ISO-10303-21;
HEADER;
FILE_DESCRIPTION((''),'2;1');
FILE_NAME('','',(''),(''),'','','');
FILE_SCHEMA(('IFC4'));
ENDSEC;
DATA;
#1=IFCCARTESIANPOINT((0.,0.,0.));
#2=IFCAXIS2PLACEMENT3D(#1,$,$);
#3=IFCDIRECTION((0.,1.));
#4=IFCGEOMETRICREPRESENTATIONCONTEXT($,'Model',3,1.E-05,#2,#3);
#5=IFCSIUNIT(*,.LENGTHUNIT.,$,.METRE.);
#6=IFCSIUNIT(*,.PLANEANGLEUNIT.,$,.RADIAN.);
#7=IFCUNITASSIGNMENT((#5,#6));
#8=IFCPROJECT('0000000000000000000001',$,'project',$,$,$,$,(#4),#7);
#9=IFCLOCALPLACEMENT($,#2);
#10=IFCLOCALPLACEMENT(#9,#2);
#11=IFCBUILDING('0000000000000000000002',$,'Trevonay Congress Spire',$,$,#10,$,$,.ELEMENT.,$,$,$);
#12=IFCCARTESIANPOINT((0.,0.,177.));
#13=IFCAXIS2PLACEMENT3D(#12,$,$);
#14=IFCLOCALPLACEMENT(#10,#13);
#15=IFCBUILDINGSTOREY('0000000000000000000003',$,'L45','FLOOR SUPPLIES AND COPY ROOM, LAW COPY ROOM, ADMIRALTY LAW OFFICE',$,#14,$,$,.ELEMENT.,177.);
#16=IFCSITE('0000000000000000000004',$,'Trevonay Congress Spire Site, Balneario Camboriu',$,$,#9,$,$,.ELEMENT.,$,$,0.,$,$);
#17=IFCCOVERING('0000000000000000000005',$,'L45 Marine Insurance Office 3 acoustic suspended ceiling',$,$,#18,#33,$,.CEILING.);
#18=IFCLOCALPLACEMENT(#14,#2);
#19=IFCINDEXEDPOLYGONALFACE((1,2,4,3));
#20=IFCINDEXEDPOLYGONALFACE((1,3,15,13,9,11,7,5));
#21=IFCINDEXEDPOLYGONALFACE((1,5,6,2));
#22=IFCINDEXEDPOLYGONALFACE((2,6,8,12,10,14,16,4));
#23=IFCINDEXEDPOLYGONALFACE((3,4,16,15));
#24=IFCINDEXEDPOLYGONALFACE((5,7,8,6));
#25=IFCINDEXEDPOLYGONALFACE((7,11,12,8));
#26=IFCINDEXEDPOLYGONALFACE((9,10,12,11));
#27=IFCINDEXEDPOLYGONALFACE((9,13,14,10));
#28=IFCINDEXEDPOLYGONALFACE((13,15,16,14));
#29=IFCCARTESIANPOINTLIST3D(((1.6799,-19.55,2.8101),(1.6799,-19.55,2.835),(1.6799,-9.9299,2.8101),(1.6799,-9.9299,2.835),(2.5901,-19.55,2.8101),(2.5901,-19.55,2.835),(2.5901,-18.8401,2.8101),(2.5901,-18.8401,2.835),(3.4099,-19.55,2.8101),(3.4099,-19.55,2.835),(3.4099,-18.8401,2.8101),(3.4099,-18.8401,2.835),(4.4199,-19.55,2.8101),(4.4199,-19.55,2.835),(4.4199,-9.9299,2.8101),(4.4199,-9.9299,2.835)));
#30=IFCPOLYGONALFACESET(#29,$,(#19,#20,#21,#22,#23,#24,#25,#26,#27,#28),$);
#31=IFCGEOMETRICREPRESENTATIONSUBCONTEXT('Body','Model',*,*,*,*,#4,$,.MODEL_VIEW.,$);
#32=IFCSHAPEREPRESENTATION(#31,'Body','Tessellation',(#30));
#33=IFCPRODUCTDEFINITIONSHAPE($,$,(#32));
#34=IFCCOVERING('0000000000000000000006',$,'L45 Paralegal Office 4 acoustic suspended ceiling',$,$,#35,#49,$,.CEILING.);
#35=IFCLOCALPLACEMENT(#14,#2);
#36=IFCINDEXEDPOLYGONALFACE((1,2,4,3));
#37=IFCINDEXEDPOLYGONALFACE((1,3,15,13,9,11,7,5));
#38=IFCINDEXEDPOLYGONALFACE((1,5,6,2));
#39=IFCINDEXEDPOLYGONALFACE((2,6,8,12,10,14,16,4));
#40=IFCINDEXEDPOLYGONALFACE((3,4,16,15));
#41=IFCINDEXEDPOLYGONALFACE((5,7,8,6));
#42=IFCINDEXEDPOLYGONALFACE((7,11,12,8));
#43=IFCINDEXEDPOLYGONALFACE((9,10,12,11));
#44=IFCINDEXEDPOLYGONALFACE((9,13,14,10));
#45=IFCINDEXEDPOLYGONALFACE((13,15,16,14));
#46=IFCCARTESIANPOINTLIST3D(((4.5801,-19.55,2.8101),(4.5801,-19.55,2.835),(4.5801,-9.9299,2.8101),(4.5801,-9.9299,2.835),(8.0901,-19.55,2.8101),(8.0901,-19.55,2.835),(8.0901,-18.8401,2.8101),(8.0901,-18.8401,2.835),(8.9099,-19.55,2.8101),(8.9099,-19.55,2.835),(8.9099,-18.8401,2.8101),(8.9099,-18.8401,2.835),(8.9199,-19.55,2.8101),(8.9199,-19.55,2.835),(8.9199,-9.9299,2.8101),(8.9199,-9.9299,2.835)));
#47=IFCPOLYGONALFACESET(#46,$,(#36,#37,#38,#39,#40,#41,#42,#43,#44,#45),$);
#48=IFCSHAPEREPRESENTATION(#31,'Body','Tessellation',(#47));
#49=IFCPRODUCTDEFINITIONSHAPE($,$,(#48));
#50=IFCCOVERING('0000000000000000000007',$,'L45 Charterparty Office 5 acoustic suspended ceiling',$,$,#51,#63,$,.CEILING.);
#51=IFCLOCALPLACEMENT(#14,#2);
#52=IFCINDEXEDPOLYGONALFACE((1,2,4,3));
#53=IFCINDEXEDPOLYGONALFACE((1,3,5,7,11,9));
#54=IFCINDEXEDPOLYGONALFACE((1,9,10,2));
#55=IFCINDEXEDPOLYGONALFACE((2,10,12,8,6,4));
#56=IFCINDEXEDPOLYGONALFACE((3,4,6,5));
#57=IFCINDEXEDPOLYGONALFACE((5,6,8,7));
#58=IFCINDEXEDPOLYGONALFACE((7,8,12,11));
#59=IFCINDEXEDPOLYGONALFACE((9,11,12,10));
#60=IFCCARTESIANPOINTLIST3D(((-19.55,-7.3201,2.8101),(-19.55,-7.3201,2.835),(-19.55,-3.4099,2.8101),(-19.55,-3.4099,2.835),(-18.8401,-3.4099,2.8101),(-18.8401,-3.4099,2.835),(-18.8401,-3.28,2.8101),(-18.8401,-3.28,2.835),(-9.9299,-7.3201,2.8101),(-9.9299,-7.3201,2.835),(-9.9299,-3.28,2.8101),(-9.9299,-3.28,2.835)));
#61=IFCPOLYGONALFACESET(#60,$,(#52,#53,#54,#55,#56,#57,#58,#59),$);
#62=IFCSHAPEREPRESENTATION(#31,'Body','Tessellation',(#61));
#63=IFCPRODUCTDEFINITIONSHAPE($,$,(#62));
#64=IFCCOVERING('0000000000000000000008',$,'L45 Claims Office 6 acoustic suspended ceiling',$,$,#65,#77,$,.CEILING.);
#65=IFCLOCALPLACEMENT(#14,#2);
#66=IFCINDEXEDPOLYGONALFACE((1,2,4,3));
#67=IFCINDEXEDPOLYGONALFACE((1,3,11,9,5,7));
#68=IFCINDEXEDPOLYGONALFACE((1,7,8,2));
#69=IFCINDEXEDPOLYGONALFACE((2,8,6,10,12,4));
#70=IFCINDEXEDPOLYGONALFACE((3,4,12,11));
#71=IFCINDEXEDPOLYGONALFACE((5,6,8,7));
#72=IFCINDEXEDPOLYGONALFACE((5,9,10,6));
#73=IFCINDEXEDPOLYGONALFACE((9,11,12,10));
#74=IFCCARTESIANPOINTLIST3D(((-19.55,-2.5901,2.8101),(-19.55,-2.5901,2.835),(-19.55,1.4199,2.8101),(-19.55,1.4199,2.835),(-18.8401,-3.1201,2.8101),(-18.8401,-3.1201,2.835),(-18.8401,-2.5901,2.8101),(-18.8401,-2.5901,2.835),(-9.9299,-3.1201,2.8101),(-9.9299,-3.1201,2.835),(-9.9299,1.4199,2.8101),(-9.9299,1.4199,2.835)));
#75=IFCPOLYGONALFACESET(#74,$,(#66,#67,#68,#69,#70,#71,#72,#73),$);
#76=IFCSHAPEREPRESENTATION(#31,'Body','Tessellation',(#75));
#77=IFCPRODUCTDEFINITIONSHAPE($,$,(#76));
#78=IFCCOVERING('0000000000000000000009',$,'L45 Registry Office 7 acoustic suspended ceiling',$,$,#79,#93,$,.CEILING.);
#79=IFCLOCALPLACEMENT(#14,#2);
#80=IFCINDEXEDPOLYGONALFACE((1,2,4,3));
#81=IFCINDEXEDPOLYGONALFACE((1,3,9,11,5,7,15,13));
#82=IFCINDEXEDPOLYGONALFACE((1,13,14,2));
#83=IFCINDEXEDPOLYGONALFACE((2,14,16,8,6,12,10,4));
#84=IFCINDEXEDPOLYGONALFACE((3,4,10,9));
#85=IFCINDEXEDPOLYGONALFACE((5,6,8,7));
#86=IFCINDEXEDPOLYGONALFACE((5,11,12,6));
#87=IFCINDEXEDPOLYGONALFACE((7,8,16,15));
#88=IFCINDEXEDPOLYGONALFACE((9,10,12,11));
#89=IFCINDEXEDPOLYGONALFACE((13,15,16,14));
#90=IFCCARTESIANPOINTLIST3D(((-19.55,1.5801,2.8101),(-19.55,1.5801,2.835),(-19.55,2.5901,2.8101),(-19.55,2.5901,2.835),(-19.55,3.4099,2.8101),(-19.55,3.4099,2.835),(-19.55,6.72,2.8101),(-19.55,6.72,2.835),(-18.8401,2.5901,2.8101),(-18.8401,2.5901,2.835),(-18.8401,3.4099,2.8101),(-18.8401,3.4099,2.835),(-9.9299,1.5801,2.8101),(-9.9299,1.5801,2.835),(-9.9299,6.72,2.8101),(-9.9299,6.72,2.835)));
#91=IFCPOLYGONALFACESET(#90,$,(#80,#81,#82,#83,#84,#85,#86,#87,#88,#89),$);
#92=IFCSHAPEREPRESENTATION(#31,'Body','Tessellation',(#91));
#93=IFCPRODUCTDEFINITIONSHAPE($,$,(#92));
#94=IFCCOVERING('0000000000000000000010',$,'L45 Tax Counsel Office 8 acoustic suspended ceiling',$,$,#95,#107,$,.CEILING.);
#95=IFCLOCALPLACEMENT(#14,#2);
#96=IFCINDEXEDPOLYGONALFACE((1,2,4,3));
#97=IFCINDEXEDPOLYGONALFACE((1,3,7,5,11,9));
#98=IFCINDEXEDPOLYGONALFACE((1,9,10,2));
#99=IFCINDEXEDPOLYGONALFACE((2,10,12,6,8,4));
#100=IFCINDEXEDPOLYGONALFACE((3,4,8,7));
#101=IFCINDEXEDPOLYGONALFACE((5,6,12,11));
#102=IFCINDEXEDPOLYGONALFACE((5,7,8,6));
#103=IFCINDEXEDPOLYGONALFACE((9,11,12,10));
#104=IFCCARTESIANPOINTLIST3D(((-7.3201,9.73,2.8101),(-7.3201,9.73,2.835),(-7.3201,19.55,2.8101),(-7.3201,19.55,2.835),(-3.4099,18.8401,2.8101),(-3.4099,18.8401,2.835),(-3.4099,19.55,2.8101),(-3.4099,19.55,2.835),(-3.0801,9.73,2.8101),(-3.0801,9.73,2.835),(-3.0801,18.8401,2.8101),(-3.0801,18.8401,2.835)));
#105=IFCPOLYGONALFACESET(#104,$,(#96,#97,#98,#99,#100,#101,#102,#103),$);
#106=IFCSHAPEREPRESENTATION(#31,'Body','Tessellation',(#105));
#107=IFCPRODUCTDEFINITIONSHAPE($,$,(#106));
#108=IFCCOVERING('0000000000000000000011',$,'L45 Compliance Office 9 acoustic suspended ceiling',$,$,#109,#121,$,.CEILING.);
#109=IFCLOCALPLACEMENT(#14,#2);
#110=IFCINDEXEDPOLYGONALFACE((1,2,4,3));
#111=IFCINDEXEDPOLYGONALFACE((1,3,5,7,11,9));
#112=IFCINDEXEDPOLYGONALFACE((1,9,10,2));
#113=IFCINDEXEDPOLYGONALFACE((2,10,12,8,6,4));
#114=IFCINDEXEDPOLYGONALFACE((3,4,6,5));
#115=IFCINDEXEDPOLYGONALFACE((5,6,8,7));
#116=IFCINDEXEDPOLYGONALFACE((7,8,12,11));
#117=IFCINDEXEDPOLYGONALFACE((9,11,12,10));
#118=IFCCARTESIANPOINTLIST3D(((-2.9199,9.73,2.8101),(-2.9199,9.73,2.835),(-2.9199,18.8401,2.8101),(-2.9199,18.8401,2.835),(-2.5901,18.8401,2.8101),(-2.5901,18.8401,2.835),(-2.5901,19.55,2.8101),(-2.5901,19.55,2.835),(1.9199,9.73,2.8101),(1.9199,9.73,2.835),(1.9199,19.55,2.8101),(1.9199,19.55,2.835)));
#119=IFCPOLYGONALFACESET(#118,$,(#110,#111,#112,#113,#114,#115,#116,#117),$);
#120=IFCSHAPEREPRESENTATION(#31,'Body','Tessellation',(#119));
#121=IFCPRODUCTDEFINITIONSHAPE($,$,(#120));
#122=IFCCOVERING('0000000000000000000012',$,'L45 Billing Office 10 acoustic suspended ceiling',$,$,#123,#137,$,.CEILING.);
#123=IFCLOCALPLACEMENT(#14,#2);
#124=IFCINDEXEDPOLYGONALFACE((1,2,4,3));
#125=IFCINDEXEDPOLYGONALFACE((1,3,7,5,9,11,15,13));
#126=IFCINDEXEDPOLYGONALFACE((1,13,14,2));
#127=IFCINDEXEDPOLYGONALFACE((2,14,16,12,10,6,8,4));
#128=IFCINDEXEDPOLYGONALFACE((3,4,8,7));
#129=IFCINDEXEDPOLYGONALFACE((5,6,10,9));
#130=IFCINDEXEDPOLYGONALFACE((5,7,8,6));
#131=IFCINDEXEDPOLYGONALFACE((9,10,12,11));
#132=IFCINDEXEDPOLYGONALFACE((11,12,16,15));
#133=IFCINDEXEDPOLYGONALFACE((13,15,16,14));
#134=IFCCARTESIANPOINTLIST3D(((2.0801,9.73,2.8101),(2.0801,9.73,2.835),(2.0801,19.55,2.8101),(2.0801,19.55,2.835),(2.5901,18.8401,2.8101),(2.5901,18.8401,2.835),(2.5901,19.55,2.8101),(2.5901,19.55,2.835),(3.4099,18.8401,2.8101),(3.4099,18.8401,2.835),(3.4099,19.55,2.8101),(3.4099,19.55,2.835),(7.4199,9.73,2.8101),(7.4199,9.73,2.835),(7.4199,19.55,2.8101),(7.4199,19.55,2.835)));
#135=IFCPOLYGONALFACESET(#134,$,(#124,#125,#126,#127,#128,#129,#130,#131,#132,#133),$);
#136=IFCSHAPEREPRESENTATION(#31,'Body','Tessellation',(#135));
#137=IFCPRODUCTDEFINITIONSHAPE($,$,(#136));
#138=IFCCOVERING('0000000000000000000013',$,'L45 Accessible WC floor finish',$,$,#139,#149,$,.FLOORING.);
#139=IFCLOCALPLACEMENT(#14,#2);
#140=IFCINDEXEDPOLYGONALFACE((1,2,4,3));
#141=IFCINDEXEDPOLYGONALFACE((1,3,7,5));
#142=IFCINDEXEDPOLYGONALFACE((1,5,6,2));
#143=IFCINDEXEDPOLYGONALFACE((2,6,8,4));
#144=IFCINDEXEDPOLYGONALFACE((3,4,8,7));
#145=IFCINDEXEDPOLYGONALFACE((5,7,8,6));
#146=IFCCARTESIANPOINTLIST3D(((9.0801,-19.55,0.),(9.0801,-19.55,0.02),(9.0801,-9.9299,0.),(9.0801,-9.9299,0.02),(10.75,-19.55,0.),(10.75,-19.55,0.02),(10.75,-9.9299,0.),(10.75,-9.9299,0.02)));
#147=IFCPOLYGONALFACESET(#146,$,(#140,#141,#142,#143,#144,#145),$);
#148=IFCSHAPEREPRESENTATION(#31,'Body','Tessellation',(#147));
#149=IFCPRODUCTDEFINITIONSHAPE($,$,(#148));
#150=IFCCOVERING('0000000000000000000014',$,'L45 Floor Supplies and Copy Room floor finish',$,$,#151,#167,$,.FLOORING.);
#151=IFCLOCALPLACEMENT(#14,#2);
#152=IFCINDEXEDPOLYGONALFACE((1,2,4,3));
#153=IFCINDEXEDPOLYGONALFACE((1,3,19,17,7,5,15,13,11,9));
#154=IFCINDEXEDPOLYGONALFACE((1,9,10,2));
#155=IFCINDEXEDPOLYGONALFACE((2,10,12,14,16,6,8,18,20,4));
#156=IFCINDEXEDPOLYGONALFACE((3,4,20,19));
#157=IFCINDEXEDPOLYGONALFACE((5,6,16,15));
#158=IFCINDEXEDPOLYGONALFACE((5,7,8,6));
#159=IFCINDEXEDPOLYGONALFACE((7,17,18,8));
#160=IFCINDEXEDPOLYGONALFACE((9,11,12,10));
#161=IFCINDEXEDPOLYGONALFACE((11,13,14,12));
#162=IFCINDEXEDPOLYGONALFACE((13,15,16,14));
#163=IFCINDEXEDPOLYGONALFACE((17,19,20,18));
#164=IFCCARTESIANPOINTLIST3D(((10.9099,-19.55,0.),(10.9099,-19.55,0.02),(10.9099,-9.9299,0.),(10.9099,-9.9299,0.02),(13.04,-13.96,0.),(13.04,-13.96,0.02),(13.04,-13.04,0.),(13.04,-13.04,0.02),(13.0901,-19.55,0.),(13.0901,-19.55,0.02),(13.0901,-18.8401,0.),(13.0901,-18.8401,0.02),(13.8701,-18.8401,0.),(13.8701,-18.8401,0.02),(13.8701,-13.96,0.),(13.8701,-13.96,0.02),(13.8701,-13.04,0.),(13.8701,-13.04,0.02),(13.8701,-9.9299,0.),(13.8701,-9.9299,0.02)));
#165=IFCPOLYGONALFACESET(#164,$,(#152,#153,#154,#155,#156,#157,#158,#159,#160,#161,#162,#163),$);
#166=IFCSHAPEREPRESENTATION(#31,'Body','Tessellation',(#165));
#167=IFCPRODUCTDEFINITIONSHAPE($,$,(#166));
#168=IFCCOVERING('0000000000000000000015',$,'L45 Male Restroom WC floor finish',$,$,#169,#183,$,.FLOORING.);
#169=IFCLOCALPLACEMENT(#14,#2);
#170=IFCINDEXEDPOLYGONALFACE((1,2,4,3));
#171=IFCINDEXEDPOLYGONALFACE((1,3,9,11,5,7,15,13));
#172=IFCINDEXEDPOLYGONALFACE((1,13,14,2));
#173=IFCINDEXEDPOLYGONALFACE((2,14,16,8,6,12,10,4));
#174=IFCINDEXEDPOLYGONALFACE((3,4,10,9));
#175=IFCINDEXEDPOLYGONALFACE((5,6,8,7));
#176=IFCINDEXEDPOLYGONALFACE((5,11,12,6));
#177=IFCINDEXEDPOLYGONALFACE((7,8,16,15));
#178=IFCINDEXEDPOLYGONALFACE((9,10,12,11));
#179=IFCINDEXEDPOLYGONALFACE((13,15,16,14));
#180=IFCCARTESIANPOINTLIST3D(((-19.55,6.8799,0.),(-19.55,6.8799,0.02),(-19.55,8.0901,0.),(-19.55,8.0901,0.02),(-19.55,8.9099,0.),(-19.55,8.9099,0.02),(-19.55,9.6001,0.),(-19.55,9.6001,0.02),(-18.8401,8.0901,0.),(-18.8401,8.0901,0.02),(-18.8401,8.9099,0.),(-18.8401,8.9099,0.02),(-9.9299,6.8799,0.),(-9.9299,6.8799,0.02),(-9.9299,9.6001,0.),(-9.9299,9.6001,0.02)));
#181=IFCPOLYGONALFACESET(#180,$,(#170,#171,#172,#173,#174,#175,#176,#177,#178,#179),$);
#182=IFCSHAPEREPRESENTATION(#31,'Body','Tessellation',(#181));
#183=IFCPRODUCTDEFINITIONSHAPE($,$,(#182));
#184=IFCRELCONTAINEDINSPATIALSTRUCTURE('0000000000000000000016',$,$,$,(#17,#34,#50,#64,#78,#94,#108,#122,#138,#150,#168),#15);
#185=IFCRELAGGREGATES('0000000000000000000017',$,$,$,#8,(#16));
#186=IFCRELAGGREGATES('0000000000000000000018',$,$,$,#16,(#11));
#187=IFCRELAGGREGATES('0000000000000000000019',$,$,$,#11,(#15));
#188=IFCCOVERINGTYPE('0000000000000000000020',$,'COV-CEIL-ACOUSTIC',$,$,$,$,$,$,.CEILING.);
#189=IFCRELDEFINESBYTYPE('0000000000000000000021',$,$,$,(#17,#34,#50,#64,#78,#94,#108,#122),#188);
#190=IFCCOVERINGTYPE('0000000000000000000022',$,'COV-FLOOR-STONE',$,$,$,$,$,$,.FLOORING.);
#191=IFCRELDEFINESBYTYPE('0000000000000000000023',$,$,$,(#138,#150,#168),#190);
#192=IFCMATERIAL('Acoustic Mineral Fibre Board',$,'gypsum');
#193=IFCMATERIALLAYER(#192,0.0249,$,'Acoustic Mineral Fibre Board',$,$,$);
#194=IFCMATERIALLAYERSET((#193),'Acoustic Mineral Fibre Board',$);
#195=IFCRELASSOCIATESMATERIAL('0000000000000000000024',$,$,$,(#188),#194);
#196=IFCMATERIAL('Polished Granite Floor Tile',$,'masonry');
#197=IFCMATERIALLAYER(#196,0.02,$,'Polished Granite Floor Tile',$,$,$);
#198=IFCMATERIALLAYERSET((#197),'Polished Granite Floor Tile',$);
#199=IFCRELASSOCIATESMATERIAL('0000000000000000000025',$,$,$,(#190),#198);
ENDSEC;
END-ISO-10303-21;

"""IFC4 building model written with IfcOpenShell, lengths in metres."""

from ifc_helpers import new_model, si_unit, direction, frame, origin, place, context, subcontext, project, spatial, polyline, outline, extrude, material, layer, layer_set, type_object, element, save


model = new_model("IFC4")

# Units and contexts
model_context = context("Model", 3, precision=1e-05, world=origin(), true_north=direction((0.0, 1.0)))
body_context = subcontext(model_context, "Body", "Model", "MODEL_VIEW")
ifc_project = project(units=[si_unit("LENGTHUNIT", "METRE"), si_unit("PLANEANGLEUNIT", "RADIAN")], contexts=[model_context])

# Site, building, storey
site_placement = place(None, origin())
site = spatial("IfcSite", under=ifc_project, at=site_placement, Name="Trevonay Congress Spire Site, Balneario Camboriu", CompositionType="ELEMENT", RefElevation=0.0)
building_placement = place(site_placement, origin())
building = spatial("IfcBuilding", under=site, at=building_placement, Name="Trevonay Congress Spire", CompositionType="ELEMENT")
storey_placement = place(building_placement, frame((0.0, 0.0, 177.0)))
storey = spatial("IfcBuildingStorey", under=building, at=storey_placement, Name="L45", Description="FLOOR SUPPLIES AND COPY ROOM, LAW COPY ROOM, ADMIRALTY LAW OFFICE", CompositionType="ELEMENT", Elevation=177.0)

# Coverings
ifc_material_1 = material(Name="Acoustic Mineral Fibre Board", Category="gypsum")
ifc_layer_1 = layer(ifc_material_1, 0.0249, Name="Acoustic Mineral Fibre Board")
ifc_layer_set_1 = layer_set([ifc_layer_1], Name="Acoustic Mineral Fibre Board")
covering_type_1 = type_object("IfcCoveringType", Name="COV-CEIL-ACOUSTIC", PredefinedType="CEILING", material=ifc_layer_set_1)
covering_1_placement = place(storey_placement, frame((0.0, 0.0, 2.8101)))
element("IfcCovering", 1, at=covering_1_placement, inside=storey, type_object=covering_type_1, Name="L45 Marine Insurance Office 3 acoustic suspended ceiling", PredefinedType="CEILING", context=body_context, shape_type="SweptSolid", body=[
    extrude(outline(polyline([(1.6799, -19.55), (1.6799, -9.9299), (4.4199, -9.9299), (4.4199, -19.55), (3.4099, -19.55), (3.4099, -18.8401), (2.5901, -18.8401), (2.5901, -19.55), (1.6799, -19.55)])), origin(), (0.0, 0.0, 1.0), 0.0249),
])
covering_2_placement = place(storey_placement, frame((0.0, 0.0, 2.8101)))
element("IfcCovering", 2, at=covering_2_placement, inside=storey, type_object=covering_type_1, Name="L45 Paralegal Office 4 acoustic suspended ceiling", PredefinedType="CEILING", context=body_context, shape_type="SweptSolid", body=[
    extrude(outline(polyline([(4.5801, -19.55), (4.5801, -9.9299), (8.9199, -9.9299), (8.9199, -19.55), (8.9099, -19.55), (8.9099, -18.8401), (8.0901, -18.8401), (8.0901, -19.55), (4.5801, -19.55)])), origin(), (0.0, 0.0, 1.0), 0.0249),
])
covering_3_placement = place(storey_placement, frame((0.0, 0.0, 2.8101)))
element("IfcCovering", 3, at=covering_3_placement, inside=storey, type_object=covering_type_1, Name="L45 Charterparty Office 5 acoustic suspended ceiling", PredefinedType="CEILING", context=body_context, shape_type="SweptSolid", body=[
    extrude(outline(polyline([(-9.9299, -3.28), (-9.9299, -7.3201), (-19.55, -7.3201), (-19.55, -3.4099), (-18.8401, -3.4099), (-18.8401, -3.28), (-9.9299, -3.28)])), origin(), (0.0, 0.0, 1.0), 0.0249),
])
covering_4_placement = place(storey_placement, frame((0.0, 0.0, 2.8101)))
element("IfcCovering", 4, at=covering_4_placement, inside=storey, type_object=covering_type_1, Name="L45 Claims Office 6 acoustic suspended ceiling", PredefinedType="CEILING", context=body_context, shape_type="SweptSolid", body=[
    extrude(outline(polyline([(-19.55, 1.4199), (-9.9299, 1.4199), (-9.9299, -3.1201), (-18.8401, -3.1201), (-18.8401, -2.5901), (-19.55, -2.5901), (-19.55, 1.4199)])), origin(), (0.0, 0.0, 1.0), 0.0249),
])
covering_5_placement = place(storey_placement, frame((0.0, 0.0, 2.8101)))
element("IfcCovering", 5, at=covering_5_placement, inside=storey, type_object=covering_type_1, Name="L45 Registry Office 7 acoustic suspended ceiling", PredefinedType="CEILING", context=body_context, shape_type="SweptSolid", body=[
    extrude(outline(polyline([(-19.55, 6.72), (-9.9299, 6.72), (-9.9299, 1.5801), (-19.55, 1.5801), (-19.55, 2.5901), (-18.8401, 2.5901), (-18.8401, 3.4099), (-19.55, 3.4099), (-19.55, 6.72)])), origin(), (0.0, 0.0, 1.0), 0.0249),
])
covering_6_placement = place(storey_placement, frame((0.0, 0.0, 2.8101)))
element("IfcCovering", 6, at=covering_6_placement, inside=storey, type_object=covering_type_1, Name="L45 Tax Counsel Office 8 acoustic suspended ceiling", PredefinedType="CEILING", context=body_context, shape_type="SweptSolid", body=[
    extrude(outline(polyline([(-3.0801, 9.73), (-7.3201, 9.73), (-7.3201, 19.55), (-3.4099, 19.55), (-3.4099, 18.8401), (-3.0801, 18.8401), (-3.0801, 9.73)])), origin(), (0.0, 0.0, 1.0), 0.0249),
])
covering_7_placement = place(storey_placement, frame((0.0, 0.0, 2.8101)))
element("IfcCovering", 7, at=covering_7_placement, inside=storey, type_object=covering_type_1, Name="L45 Compliance Office 9 acoustic suspended ceiling", PredefinedType="CEILING", context=body_context, shape_type="SweptSolid", body=[
    extrude(outline(polyline([(1.9199, 19.55), (1.9199, 9.73), (-2.9199, 9.73), (-2.9199, 18.8401), (-2.5901, 18.8401), (-2.5901, 19.55), (1.9199, 19.55)])), origin(), (0.0, 0.0, 1.0), 0.0249),
])
covering_8_placement = place(storey_placement, frame((0.0, 0.0, 2.8101)))
element("IfcCovering", 8, at=covering_8_placement, inside=storey, type_object=covering_type_1, Name="L45 Billing Office 10 acoustic suspended ceiling", PredefinedType="CEILING", context=body_context, shape_type="SweptSolid", body=[
    extrude(outline(polyline([(7.4199, 19.55), (7.4199, 9.73), (2.0801, 9.73), (2.0801, 19.55), (2.5901, 19.55), (2.5901, 18.8401), (3.4099, 18.8401), (3.4099, 19.55), (7.4199, 19.55)])), origin(), (0.0, 0.0, 1.0), 0.0249),
])
ifc_material_2 = material(Name="Polished Granite Floor Tile", Category="masonry")
ifc_layer_2 = layer(ifc_material_2, 0.02, Name="Polished Granite Floor Tile")
ifc_layer_set_2 = layer_set([ifc_layer_2], Name="Polished Granite Floor Tile")
covering_type_2 = type_object("IfcCoveringType", Name="COV-FLOOR-STONE", PredefinedType="FLOORING", material=ifc_layer_set_2)
covering_9_placement = place(storey_placement, origin())
element("IfcCovering", 9, at=covering_9_placement, inside=storey, type_object=covering_type_2, Name="L45 Accessible WC floor finish", PredefinedType="FLOORING", context=body_context, shape_type="SweptSolid", body=[
    extrude(outline(polyline([(9.0801, -19.55), (10.75, -19.55), (10.75, -9.9299), (9.0801, -9.9299), (9.0801, -19.55)])), origin(), (0.0, 0.0, 1.0), 0.02),
])
covering_10_placement = place(storey_placement, origin())
element("IfcCovering", 10, at=covering_10_placement, inside=storey, type_object=covering_type_2, Name="L45 Floor Supplies and Copy Room floor finish", PredefinedType="FLOORING", context=body_context, shape_type="SweptSolid", body=[
    extrude(outline(polyline([(10.9099, -19.55), (10.9099, -9.9299), (13.8701, -9.9299), (13.8701, -13.04), (13.04, -13.04), (13.04, -13.96), (13.8701, -13.96), (13.8701, -18.8401), (13.0901, -18.8401), (13.0901, -19.55), (10.9099, -19.55)])), origin(), (0.0, 0.0, 1.0), 0.02),
])
covering_11_placement = place(storey_placement, origin())
element("IfcCovering", 11, at=covering_11_placement, inside=storey, type_object=covering_type_2, Name="L45 Male Restroom WC floor finish", PredefinedType="FLOORING", context=body_context, shape_type="SweptSolid", body=[
    extrude(outline(polyline([(-19.55, 9.6001), (-9.9299, 9.6001), (-9.9299, 6.8799), (-19.55, 6.8799), (-19.55, 8.0901), (-18.8401, 8.0901), (-18.8401, 8.9099), (-19.55, 8.9099), (-19.55, 9.6001)])), origin(), (0.0, 0.0, 1.0), 0.02),
])

save(model, "model.ifc")
